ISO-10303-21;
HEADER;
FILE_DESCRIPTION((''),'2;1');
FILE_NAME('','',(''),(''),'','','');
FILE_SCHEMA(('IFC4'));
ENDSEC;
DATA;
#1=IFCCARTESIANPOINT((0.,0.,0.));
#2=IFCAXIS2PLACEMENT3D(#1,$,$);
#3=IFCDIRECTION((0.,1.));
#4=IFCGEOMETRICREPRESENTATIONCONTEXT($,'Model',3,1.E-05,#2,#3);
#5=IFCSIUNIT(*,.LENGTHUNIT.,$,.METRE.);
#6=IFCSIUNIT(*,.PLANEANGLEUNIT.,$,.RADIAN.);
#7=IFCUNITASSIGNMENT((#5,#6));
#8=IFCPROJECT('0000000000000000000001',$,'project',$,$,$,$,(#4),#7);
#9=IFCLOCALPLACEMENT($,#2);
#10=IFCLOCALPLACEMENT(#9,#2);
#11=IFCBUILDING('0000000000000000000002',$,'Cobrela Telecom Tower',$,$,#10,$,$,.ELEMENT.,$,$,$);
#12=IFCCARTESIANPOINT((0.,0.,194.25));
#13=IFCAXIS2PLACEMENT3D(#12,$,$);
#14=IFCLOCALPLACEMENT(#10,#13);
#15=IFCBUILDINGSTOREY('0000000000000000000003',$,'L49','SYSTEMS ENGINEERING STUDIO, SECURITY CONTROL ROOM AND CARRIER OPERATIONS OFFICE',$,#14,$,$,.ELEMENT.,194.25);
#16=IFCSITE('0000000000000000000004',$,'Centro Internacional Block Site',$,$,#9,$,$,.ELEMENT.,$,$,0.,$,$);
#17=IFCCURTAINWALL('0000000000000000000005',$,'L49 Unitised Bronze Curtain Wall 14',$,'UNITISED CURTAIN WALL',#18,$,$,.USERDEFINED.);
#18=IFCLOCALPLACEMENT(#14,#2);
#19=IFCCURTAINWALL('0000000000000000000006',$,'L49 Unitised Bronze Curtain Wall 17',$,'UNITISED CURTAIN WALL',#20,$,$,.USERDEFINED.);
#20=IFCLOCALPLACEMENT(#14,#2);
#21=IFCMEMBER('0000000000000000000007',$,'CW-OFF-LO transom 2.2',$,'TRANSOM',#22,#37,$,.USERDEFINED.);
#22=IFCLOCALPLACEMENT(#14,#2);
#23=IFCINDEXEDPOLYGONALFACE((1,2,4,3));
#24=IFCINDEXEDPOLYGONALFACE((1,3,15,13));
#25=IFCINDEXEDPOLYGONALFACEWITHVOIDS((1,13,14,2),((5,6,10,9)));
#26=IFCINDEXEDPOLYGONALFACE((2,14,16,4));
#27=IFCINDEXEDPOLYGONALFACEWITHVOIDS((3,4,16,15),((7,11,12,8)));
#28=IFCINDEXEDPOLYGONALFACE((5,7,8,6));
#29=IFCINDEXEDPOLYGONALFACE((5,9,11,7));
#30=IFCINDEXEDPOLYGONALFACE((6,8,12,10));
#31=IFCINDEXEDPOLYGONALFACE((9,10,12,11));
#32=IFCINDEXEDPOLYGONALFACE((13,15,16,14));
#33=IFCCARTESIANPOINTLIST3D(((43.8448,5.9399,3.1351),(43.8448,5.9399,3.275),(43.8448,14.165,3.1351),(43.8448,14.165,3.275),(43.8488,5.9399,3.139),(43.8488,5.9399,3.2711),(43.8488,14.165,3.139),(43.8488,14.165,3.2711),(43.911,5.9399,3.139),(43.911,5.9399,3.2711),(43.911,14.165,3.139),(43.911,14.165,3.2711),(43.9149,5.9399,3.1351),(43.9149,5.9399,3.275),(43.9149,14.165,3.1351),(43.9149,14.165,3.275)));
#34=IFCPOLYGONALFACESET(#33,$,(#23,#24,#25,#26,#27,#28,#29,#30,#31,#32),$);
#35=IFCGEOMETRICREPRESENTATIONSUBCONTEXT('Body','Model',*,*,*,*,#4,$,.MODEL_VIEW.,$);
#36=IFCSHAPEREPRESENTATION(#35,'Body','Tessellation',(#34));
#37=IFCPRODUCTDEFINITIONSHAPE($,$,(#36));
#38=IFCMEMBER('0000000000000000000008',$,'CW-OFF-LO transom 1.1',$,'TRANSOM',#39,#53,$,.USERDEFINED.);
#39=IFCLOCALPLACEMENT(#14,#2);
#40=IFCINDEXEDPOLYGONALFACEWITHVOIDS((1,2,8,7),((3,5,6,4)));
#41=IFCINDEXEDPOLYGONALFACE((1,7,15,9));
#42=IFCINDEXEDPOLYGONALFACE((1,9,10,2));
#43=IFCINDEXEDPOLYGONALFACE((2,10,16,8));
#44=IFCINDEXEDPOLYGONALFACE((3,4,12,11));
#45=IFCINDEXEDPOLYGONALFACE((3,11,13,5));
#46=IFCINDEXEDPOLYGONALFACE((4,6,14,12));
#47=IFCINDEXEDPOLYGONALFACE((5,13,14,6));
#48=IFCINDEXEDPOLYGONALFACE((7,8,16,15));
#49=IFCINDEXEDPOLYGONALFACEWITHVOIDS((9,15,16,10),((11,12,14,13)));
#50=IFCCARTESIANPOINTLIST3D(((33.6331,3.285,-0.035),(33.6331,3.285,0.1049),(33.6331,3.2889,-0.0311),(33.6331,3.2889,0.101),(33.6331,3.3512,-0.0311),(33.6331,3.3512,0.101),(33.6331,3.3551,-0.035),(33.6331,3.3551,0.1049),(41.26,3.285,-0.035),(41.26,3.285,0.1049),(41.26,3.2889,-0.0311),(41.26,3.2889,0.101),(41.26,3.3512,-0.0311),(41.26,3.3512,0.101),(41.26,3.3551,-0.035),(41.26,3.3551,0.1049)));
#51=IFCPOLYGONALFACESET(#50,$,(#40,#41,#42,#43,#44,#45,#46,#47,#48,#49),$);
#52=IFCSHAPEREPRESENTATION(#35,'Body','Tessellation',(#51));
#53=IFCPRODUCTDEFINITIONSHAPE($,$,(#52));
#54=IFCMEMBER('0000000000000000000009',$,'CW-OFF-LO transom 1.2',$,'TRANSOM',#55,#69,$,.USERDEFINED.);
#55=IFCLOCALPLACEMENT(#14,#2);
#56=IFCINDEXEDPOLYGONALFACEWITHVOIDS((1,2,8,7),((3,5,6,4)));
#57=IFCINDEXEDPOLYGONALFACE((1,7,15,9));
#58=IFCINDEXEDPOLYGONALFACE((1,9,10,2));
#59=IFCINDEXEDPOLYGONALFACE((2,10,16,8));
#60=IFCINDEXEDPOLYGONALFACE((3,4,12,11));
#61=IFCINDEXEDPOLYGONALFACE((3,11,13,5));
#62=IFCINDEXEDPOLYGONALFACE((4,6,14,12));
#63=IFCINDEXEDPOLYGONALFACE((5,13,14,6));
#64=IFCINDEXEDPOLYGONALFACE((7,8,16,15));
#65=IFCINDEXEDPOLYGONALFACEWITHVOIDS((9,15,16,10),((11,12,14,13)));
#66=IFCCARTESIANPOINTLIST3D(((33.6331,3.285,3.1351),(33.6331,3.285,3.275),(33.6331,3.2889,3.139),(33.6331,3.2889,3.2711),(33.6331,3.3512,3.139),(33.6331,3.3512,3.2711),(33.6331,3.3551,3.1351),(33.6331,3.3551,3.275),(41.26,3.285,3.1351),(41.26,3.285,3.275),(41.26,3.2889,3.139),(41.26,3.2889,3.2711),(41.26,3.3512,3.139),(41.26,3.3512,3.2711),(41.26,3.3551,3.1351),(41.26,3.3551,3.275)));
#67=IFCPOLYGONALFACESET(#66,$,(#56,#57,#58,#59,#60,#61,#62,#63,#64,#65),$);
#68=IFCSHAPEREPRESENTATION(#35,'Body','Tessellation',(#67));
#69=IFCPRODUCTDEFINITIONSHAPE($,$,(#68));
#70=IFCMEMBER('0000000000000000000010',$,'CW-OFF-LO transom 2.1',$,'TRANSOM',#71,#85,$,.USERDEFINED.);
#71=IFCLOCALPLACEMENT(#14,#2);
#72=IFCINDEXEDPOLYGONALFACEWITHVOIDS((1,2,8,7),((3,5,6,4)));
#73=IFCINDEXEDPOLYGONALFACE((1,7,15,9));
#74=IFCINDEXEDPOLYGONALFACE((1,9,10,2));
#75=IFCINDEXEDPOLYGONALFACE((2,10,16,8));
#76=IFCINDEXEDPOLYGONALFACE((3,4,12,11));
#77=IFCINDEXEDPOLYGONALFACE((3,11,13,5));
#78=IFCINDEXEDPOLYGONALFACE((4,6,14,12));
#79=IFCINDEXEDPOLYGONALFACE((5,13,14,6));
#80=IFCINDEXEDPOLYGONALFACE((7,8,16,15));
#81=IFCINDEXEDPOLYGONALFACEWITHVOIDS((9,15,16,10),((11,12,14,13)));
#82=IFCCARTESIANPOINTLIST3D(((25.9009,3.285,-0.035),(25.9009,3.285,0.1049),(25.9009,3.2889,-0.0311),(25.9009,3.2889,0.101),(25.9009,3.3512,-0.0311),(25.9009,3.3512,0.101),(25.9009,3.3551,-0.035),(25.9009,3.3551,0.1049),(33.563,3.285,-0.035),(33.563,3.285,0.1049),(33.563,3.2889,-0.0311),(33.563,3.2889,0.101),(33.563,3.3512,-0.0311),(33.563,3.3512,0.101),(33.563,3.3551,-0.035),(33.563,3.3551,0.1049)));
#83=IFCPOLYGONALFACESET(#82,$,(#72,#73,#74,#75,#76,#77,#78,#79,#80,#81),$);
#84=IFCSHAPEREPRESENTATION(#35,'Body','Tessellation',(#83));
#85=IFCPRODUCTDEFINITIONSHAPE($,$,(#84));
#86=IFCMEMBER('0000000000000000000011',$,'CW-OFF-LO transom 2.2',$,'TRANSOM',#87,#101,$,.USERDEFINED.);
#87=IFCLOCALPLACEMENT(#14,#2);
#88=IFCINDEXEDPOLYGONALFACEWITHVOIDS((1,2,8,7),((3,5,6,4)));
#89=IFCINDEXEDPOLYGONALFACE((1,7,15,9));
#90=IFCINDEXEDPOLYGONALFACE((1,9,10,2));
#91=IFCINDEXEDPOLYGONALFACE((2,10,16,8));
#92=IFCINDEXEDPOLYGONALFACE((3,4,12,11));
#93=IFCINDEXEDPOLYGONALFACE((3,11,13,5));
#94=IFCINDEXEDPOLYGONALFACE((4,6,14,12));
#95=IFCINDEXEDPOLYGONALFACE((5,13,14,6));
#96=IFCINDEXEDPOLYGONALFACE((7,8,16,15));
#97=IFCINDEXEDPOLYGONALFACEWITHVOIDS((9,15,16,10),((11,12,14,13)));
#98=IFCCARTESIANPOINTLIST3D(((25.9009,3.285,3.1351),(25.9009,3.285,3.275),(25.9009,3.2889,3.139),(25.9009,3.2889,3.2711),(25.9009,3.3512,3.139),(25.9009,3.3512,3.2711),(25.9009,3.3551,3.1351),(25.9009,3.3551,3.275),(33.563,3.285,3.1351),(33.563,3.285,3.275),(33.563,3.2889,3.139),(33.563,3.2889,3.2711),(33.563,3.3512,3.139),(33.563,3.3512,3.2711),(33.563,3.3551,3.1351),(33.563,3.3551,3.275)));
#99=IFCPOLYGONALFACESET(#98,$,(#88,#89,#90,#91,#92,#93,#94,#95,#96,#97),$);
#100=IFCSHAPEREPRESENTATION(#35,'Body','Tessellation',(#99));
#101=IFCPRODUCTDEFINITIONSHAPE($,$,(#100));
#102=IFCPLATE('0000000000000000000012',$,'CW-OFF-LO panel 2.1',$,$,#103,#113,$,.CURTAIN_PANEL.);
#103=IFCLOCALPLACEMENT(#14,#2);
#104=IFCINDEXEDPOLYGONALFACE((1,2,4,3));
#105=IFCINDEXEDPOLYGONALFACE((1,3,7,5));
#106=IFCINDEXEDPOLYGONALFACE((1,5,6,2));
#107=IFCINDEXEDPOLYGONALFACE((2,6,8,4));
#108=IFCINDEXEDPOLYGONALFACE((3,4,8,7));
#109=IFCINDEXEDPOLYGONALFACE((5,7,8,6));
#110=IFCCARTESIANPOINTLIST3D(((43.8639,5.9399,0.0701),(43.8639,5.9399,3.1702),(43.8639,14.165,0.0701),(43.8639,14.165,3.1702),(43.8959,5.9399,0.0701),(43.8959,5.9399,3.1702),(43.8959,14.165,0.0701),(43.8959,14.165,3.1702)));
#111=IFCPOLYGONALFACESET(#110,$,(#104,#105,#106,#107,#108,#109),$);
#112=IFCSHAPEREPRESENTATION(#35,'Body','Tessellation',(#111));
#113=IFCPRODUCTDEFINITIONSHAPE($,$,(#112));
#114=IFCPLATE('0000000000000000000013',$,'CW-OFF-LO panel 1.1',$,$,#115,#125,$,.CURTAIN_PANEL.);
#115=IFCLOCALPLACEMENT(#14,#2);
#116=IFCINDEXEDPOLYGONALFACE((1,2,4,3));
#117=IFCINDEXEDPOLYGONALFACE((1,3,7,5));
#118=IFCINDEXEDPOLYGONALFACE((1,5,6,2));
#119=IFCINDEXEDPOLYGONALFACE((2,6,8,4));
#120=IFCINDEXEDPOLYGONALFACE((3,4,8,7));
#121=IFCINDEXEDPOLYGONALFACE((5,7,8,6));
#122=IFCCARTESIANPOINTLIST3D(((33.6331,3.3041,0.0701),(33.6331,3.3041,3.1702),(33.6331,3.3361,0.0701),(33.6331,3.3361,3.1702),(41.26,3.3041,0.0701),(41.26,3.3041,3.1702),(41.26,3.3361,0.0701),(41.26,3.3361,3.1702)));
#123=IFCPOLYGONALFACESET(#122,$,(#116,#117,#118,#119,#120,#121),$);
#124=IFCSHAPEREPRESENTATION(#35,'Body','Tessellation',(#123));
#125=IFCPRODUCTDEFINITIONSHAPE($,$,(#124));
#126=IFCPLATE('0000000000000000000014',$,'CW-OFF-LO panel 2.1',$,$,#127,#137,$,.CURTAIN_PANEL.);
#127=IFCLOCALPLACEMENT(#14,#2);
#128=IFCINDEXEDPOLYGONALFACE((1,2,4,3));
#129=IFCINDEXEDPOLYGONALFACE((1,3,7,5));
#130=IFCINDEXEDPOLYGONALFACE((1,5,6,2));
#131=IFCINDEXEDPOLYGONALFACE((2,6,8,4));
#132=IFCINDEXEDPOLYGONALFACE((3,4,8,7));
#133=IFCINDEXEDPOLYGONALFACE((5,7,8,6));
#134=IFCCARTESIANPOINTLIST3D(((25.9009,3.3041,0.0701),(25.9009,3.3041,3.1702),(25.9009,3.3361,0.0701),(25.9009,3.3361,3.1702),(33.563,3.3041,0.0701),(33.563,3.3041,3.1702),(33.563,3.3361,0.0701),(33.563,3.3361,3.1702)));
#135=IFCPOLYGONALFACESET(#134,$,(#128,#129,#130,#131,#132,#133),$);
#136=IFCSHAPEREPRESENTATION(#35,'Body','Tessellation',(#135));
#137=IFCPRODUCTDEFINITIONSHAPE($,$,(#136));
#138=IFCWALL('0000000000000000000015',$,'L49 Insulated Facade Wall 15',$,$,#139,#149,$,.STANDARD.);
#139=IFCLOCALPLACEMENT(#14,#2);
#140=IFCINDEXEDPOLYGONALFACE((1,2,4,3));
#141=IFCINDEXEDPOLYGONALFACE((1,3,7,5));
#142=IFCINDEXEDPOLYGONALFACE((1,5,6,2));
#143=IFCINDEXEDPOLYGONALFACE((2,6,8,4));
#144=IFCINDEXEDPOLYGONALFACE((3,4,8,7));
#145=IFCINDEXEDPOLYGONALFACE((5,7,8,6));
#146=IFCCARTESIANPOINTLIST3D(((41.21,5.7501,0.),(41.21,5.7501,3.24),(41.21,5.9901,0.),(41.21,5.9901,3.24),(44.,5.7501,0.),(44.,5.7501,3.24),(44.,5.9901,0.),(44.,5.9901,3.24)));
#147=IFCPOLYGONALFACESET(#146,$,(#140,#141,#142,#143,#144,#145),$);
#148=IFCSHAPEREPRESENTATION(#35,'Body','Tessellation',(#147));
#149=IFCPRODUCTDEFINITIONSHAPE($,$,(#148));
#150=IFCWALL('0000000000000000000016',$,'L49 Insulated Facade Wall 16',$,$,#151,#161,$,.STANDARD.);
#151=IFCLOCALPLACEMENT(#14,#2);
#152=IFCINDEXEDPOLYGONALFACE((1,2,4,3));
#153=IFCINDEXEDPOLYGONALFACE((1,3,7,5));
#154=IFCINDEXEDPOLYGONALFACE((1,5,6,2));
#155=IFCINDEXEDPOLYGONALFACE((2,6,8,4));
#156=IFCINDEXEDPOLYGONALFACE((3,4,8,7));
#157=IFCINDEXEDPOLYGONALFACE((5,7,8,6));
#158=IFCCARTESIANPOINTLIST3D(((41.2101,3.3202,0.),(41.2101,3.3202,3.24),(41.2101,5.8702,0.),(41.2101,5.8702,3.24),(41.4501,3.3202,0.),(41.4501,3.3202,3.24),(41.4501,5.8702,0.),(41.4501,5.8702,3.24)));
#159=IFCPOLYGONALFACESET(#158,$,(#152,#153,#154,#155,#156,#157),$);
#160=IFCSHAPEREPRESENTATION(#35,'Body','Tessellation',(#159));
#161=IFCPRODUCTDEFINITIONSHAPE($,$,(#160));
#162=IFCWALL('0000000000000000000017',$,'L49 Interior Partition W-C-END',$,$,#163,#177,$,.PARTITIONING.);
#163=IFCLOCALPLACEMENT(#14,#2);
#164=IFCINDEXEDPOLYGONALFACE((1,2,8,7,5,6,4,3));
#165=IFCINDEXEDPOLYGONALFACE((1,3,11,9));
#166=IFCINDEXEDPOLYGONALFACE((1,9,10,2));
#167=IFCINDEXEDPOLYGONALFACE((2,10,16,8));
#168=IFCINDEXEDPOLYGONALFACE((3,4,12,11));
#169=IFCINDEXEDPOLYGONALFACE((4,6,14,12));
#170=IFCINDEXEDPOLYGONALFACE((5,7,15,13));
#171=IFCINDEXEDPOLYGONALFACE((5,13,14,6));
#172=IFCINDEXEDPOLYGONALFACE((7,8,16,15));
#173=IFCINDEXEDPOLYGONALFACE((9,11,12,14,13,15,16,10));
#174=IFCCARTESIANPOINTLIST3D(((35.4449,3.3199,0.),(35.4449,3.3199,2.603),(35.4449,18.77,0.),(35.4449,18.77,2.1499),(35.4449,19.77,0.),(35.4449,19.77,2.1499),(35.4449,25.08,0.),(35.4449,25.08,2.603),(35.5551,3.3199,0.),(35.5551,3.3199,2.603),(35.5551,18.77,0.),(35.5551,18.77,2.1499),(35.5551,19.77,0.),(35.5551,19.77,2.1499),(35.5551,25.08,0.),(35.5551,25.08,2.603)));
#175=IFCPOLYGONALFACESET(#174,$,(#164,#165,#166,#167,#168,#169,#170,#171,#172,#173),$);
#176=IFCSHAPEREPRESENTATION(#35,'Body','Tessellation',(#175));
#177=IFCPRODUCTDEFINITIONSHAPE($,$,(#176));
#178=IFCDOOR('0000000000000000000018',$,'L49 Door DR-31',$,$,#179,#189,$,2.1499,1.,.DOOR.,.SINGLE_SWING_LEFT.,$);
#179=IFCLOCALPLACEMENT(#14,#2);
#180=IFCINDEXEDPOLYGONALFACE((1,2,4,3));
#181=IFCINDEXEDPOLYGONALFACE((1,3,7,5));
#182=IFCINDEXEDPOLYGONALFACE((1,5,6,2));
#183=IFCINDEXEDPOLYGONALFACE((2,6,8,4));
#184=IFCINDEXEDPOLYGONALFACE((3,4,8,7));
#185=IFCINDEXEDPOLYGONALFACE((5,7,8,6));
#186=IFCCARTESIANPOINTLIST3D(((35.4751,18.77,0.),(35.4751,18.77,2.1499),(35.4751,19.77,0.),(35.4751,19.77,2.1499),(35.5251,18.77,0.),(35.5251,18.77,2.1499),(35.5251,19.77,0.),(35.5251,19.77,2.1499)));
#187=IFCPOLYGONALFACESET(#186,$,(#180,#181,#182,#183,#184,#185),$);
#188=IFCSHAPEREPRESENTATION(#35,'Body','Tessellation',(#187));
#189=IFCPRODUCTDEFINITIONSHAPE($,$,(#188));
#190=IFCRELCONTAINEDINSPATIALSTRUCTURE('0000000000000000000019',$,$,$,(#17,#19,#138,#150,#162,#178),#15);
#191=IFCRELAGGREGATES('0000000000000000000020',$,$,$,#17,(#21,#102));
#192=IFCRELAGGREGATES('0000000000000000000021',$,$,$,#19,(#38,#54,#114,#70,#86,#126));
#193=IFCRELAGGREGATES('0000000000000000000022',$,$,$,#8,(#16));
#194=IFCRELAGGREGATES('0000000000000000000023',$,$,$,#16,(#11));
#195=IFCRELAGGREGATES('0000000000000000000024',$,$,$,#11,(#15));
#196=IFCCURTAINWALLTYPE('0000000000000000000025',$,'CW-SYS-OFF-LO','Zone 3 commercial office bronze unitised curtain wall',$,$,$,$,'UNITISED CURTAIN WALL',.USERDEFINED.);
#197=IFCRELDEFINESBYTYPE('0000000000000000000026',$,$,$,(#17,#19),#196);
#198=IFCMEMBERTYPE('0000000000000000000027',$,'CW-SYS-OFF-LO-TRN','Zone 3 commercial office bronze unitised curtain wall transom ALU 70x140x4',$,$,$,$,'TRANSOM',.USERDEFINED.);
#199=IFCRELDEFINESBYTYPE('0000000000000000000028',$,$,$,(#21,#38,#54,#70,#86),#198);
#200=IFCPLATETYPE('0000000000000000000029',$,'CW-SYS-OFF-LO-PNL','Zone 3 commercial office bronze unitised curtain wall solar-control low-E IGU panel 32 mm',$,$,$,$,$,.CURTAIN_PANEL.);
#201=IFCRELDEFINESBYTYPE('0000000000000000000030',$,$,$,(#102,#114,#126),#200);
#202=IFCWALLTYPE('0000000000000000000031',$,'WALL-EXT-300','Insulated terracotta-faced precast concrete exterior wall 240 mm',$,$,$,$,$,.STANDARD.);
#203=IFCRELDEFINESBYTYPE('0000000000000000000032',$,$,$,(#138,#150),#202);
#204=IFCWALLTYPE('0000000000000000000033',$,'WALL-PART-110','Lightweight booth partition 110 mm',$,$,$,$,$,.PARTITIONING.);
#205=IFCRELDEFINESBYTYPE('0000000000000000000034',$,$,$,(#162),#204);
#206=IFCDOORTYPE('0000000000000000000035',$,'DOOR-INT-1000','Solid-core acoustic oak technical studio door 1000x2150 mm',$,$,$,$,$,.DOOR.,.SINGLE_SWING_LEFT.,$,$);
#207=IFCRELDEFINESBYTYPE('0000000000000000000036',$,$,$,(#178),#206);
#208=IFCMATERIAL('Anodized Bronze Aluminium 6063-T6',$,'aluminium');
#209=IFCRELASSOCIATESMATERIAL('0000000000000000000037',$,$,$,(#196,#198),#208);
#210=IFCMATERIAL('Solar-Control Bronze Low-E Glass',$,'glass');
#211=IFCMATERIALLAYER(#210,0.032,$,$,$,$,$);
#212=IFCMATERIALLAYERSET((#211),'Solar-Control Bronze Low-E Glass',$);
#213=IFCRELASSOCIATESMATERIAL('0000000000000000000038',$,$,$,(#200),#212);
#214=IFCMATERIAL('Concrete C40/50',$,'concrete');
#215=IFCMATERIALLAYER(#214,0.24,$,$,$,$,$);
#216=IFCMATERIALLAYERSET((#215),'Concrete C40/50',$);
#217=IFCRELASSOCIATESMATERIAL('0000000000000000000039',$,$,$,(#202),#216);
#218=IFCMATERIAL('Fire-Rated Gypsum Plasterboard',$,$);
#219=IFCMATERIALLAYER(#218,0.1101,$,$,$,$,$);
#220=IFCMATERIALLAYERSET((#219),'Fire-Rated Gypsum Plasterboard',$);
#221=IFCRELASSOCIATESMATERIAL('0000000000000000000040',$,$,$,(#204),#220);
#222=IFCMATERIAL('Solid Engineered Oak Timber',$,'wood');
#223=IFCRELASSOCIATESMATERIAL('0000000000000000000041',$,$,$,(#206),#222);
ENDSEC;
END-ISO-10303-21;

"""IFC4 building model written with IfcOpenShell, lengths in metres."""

from ifc_helpers import new_model, si_unit, direction, frame, frame_2d, origin, origin_2d, place, context, subcontext, project, spatial, rectangle, hollow_rectangle, extrude, material, layer, layer_set, material_profile, profile_set, type_object, element, fill, aggregate, save


model = new_model("IFC4")

# Units and contexts
model_context = context("Model", 3, precision=1e-05, world=origin(), true_north=direction((0.0, 1.0)))
body_context = subcontext(model_context, "Body", "Model", "MODEL_VIEW")
ifc_project = project(units=[si_unit("LENGTHUNIT", "METRE"), si_unit("PLANEANGLEUNIT", "RADIAN")], contexts=[model_context])

# Site, building, storey
site_placement = place(None, origin())
site = spatial("IfcSite", under=ifc_project, at=site_placement, Name="Centro Internacional Block Site", CompositionType="ELEMENT", RefElevation=0.0)
building_placement = place(site_placement, origin())
building = spatial("IfcBuilding", under=site, at=building_placement, Name="Cobrela Telecom Tower", CompositionType="ELEMENT")
storey_placement = place(building_placement, frame((0.0, 0.0, 194.25)))
storey = spatial("IfcBuildingStorey", under=building, at=storey_placement, Name="L49", Description="SYSTEMS ENGINEERING STUDIO, SECURITY CONTROL ROOM AND CARRIER OPERATIONS OFFICE", CompositionType="ELEMENT", Elevation=194.25)

# Curtain walls
ifc_material_1 = material(Name="Anodized Bronze Aluminium 6063-T6", Category="aluminium")
curtain_wall_type = type_object("IfcCurtainWallType", Name="CW-SYS-OFF-LO", Description="Zone 3 commercial office bronze unitised curtain wall", ElementType="UNITISED CURTAIN WALL", PredefinedType="USERDEFINED", material=ifc_material_1)
curtain_wall_1_placement = place(storey_placement, origin())
curtain_wall_1 = element("IfcCurtainWall", 1, at=curtain_wall_1_placement, inside=storey, type_object=curtain_wall_type, Name="L49 Unitised Bronze Curtain Wall 14", ObjectType="UNITISED CURTAIN WALL", PredefinedType="USERDEFINED")
curtain_wall_2_placement = place(storey_placement, origin())
curtain_wall_2 = element("IfcCurtainWall", 2, at=curtain_wall_2_placement, inside=storey, type_object=curtain_wall_type, Name="L49 Unitised Bronze Curtain Wall 17", ObjectType="UNITISED CURTAIN WALL", PredefinedType="USERDEFINED")

# Members
ifc_material_profile_1 = material_profile(ifc_material_1, hollow_rectangle(XDim=0.0701, YDim=0.1399, WallThickness=0.0039, at=origin_2d()), Name="ALU 70x140x4")
ifc_profile_set_1 = profile_set([ifc_material_profile_1], Name="Anodized Bronze Aluminium 6063-T6")
member_type_1 = type_object("IfcMemberType", Name="CW-SYS-OFF-LO-TRN", Description="Zone 3 commercial office bronze unitised curtain wall transom ALU 70x140x4", ElementType="TRANSOM", PredefinedType="USERDEFINED", material=ifc_profile_set_1)
member_1_placement = place(storey_placement, frame((43.8799, 14.165, 3.2051), z_axis=(0.0, -1.0, 0.0), x_axis=(1.0, 0.0, 0.0)))
member_1 = element("IfcMember", 3, at=member_1_placement, type_object=member_type_1, Name="CW-OFF-LO transom 2.2", ObjectType="TRANSOM", PredefinedType="USERDEFINED", context=body_context, shape_type="SweptSolid", body=[
    extrude(hollow_rectangle(XDim=0.0701, YDim=0.1399, WallThickness=0.0039, at=origin_2d()), origin(), (0.0, 0.0, 1.0), 8.2251),
])
member_2_placement = place(storey_placement, frame((41.26, 3.3201, 0.0349), z_axis=(-1.0, 0.0, 0.0), x_axis=(0.0, -1.0, 0.0)))
member_2 = element("IfcMember", 4, at=member_2_placement, type_object=member_type_1, Name="CW-OFF-LO transom 1.1", ObjectType="TRANSOM", PredefinedType="USERDEFINED", context=body_context, shape_type="SweptSolid", body=[
    extrude(hollow_rectangle(XDim=0.0701, YDim=0.1399, WallThickness=0.0039, at=origin_2d()), origin(), (0.0, 0.0, 1.0), 7.627),
])
member_3_placement = place(storey_placement, frame((41.26, 3.3201, 3.2051), z_axis=(-1.0, 0.0, 0.0), x_axis=(0.0, -1.0, 0.0)))
member_3 = element("IfcMember", 5, at=member_3_placement, type_object=member_type_1, Name="CW-OFF-LO transom 1.2", ObjectType="TRANSOM", PredefinedType="USERDEFINED", context=body_context, shape_type="SweptSolid", body=[
    extrude(hollow_rectangle(XDim=0.0701, YDim=0.1399, WallThickness=0.0039, at=origin_2d()), origin(), (0.0, 0.0, 1.0), 7.627),
])
member_4_placement = place(storey_placement, frame((33.563, 3.3201, 0.0349), z_axis=(-1.0, 0.0, 0.0), x_axis=(0.0, -1.0, 0.0)))
member_4 = element("IfcMember", 6, at=member_4_placement, type_object=member_type_1, Name="CW-OFF-LO transom 2.1", ObjectType="TRANSOM", PredefinedType="USERDEFINED", context=body_context, shape_type="SweptSolid", body=[
    extrude(hollow_rectangle(XDim=0.0701, YDim=0.1399, WallThickness=0.0039, at=origin_2d()), origin(), (0.0, 0.0, 1.0), 7.6621),
])
member_5_placement = place(storey_placement, frame((33.563, 3.3201, 3.2051), z_axis=(-1.0, 0.0, 0.0), x_axis=(0.0, -1.0, 0.0)))
member_5 = element("IfcMember", 7, at=member_5_placement, type_object=member_type_1, Name="CW-OFF-LO transom 2.2", ObjectType="TRANSOM", PredefinedType="USERDEFINED", context=body_context, shape_type="SweptSolid", body=[
    extrude(hollow_rectangle(XDim=0.0701, YDim=0.1399, WallThickness=0.0039, at=origin_2d()), origin(), (0.0, 0.0, 1.0), 7.6621),
])

# Plates
ifc_material_2 = material(Name="Solar-Control Bronze Low-E Glass", Category="glass")
ifc_layer_1 = layer(ifc_material_2, 0.032)
ifc_layer_set_1 = layer_set([ifc_layer_1], Name="Solar-Control Bronze Low-E Glass")
plate_type = type_object("IfcPlateType", Name="CW-SYS-OFF-LO-PNL", Description="Zone 3 commercial office bronze unitised curtain wall solar-control low-E IGU panel 32 mm", PredefinedType="CURTAIN_PANEL", material=ifc_layer_set_1)
plate_1_placement = place(storey_placement, frame((43.8799, 10.0525, 0.0701), z_axis=(0.0, 0.0, 1.0), x_axis=(0.0, -1.0, 0.0)))
plate_1 = element("IfcPlate", 8, at=plate_1_placement, type_object=plate_type, Name="CW-OFF-LO panel 2.1", PredefinedType="CURTAIN_PANEL", context=body_context, shape_type="SweptSolid", body=[
    extrude(rectangle(XDim=8.2251, YDim=0.032, at=origin_2d()), origin(), (0.0, 0.0, 1.0), 3.1001),
])
aggregate(curtain_wall_1, [member_1, plate_1])
plate_2_placement = place(storey_placement, frame((37.4465, 3.3201, 0.0701), z_axis=(0.0, 0.0, 1.0), x_axis=(-1.0, 0.0, 0.0)))
plate_2 = element("IfcPlate", 9, at=plate_2_placement, type_object=plate_type, Name="CW-OFF-LO panel 1.1", PredefinedType="CURTAIN_PANEL", context=body_context, shape_type="SweptSolid", body=[
    extrude(rectangle(XDim=7.627, YDim=0.032, at=origin_2d()), origin(), (0.0, 0.0, 1.0), 3.1001),
])
plate_3_placement = place(storey_placement, frame((29.7319, 3.3201, 0.0701), z_axis=(0.0, 0.0, 1.0), x_axis=(-1.0, 0.0, 0.0)))
plate_3 = element("IfcPlate", 10, at=plate_3_placement, type_object=plate_type, Name="CW-OFF-LO panel 2.1", PredefinedType="CURTAIN_PANEL", context=body_context, shape_type="SweptSolid", body=[
    extrude(rectangle(XDim=7.6621, YDim=0.032, at=origin_2d()), origin(), (0.0, 0.0, 1.0), 3.1001),
])
aggregate(curtain_wall_2, [member_2, member_3, plate_2, member_4, member_5, plate_3])

# Walls
ifc_material_3 = material(Name="Concrete C40/50", Category="concrete")
ifc_layer_2 = layer(ifc_material_3, 0.24)
ifc_layer_set_2 = layer_set([ifc_layer_2], Name="Concrete C40/50")
wall_type_1 = type_object("IfcWallType", Name="WALL-EXT-300", Description="Insulated terracotta-faced precast concrete exterior wall 240 mm", PredefinedType="STANDARD", material=ifc_layer_set_2)
wall_1_placement = place(storey_placement, frame((44.0, 5.8701, 0.0), z_axis=(0.0, 0.0, 1.0), x_axis=(-1.0, 0.0, 0.0)))
element("IfcWall", 11, at=wall_1_placement, inside=storey, type_object=wall_type_1, Name="L49 Insulated Facade Wall 15", PredefinedType="STANDARD", context=body_context, shape_type="SweptSolid", body=[
    extrude(rectangle(XDim=2.79, YDim=0.24, at=frame_2d((1.395, 0.0))), origin(), (0.0, 0.0, 1.0), 3.24),
])
wall_2_placement = place(storey_placement, frame((41.3301, 5.8701, 0.0), z_axis=(0.0, 0.0, 1.0), x_axis=(0.0, -1.0, 0.0)))
element("IfcWall", 12, at=wall_2_placement, inside=storey, type_object=wall_type_1, Name="L49 Insulated Facade Wall 16", PredefinedType="STANDARD", context=body_context, shape_type="SweptSolid", body=[
    extrude(rectangle(XDim=2.55, YDim=0.24, at=frame_2d((1.2749, 0.0))), origin(), (0.0, 0.0, 1.0), 3.24),
])

# Wall, opening, door
ifc_material_4 = material(Name="Fire-Rated Gypsum Plasterboard")
ifc_layer_3 = layer(ifc_material_4, 0.1101)
ifc_layer_set_3 = layer_set([ifc_layer_3], Name="Fire-Rated Gypsum Plasterboard")
wall_type_2 = type_object("IfcWallType", Name="WALL-PART-110", Description="Lightweight booth partition 110 mm", PredefinedType="PARTITIONING", material=ifc_layer_set_3)
wall_3_placement = place(storey_placement, frame((35.5, 3.3201, 0.0), z_axis=(0.0, 0.0, 1.0), x_axis=(0.0, 1.0, 0.0)))
wall_3 = element("IfcWall", 13, at=wall_3_placement, inside=storey, type_object=wall_type_2, Name="L49 Interior Partition W-C-END", PredefinedType="PARTITIONING", context=body_context, shape_type="SweptSolid", body=[
    extrude(rectangle(XDim=21.76, YDim=0.1101, at=frame_2d((10.8799, 0.0))), origin(), (0.0, 0.0, 1.0), 2.603),
])
opening_placement = place(wall_3_placement, frame((15.45, 0.0, 0.0)))
opening = element("IfcOpeningElement", 14, at=opening_placement, cuts=wall_3, PredefinedType="OPENING", context=body_context, shape_type="SweptSolid", body=[
    extrude(rectangle(XDim=1.0, YDim=2.1499, at=frame_2d((0.5, 1.075))), frame((0.0, 0.0669, 0.0), z_axis=(0.0, -1.0, 0.0), x_axis=(1.0, 0.0, 0.0)), (0.0, 0.0, 1.0), 0.134),
])
ifc_material_5 = material(Name="Solid Engineered Oak Timber", Category="wood")
door_type = type_object("IfcDoorType", Name="DOOR-INT-1000", Description="Solid-core acoustic oak technical studio door 1000x2150 mm", OperationType="SINGLE_SWING_LEFT", PredefinedType="DOOR", material=ifc_material_5)
door_placement = place(opening_placement, origin())
door = element("IfcDoor", 15, at=door_placement, inside=storey, type_object=door_type, Name="L49 Door DR-31", OperationType="SINGLE_SWING_LEFT", OverallHeight=2.1499, OverallWidth=1.0, PredefinedType="DOOR", context=body_context, shape_type="SweptSolid", body=[
    extrude(rectangle(XDim=1.0, YDim=2.1499, at=frame_2d((0.5, 1.075))), frame((0.0, 0.0249, 0.0), z_axis=(0.0, -1.0, 0.0), x_axis=(1.0, 0.0, 0.0)), (0.0, 0.0, 1.0), 0.05),
])
fill(opening, door)

save(model, "model.ifc")
